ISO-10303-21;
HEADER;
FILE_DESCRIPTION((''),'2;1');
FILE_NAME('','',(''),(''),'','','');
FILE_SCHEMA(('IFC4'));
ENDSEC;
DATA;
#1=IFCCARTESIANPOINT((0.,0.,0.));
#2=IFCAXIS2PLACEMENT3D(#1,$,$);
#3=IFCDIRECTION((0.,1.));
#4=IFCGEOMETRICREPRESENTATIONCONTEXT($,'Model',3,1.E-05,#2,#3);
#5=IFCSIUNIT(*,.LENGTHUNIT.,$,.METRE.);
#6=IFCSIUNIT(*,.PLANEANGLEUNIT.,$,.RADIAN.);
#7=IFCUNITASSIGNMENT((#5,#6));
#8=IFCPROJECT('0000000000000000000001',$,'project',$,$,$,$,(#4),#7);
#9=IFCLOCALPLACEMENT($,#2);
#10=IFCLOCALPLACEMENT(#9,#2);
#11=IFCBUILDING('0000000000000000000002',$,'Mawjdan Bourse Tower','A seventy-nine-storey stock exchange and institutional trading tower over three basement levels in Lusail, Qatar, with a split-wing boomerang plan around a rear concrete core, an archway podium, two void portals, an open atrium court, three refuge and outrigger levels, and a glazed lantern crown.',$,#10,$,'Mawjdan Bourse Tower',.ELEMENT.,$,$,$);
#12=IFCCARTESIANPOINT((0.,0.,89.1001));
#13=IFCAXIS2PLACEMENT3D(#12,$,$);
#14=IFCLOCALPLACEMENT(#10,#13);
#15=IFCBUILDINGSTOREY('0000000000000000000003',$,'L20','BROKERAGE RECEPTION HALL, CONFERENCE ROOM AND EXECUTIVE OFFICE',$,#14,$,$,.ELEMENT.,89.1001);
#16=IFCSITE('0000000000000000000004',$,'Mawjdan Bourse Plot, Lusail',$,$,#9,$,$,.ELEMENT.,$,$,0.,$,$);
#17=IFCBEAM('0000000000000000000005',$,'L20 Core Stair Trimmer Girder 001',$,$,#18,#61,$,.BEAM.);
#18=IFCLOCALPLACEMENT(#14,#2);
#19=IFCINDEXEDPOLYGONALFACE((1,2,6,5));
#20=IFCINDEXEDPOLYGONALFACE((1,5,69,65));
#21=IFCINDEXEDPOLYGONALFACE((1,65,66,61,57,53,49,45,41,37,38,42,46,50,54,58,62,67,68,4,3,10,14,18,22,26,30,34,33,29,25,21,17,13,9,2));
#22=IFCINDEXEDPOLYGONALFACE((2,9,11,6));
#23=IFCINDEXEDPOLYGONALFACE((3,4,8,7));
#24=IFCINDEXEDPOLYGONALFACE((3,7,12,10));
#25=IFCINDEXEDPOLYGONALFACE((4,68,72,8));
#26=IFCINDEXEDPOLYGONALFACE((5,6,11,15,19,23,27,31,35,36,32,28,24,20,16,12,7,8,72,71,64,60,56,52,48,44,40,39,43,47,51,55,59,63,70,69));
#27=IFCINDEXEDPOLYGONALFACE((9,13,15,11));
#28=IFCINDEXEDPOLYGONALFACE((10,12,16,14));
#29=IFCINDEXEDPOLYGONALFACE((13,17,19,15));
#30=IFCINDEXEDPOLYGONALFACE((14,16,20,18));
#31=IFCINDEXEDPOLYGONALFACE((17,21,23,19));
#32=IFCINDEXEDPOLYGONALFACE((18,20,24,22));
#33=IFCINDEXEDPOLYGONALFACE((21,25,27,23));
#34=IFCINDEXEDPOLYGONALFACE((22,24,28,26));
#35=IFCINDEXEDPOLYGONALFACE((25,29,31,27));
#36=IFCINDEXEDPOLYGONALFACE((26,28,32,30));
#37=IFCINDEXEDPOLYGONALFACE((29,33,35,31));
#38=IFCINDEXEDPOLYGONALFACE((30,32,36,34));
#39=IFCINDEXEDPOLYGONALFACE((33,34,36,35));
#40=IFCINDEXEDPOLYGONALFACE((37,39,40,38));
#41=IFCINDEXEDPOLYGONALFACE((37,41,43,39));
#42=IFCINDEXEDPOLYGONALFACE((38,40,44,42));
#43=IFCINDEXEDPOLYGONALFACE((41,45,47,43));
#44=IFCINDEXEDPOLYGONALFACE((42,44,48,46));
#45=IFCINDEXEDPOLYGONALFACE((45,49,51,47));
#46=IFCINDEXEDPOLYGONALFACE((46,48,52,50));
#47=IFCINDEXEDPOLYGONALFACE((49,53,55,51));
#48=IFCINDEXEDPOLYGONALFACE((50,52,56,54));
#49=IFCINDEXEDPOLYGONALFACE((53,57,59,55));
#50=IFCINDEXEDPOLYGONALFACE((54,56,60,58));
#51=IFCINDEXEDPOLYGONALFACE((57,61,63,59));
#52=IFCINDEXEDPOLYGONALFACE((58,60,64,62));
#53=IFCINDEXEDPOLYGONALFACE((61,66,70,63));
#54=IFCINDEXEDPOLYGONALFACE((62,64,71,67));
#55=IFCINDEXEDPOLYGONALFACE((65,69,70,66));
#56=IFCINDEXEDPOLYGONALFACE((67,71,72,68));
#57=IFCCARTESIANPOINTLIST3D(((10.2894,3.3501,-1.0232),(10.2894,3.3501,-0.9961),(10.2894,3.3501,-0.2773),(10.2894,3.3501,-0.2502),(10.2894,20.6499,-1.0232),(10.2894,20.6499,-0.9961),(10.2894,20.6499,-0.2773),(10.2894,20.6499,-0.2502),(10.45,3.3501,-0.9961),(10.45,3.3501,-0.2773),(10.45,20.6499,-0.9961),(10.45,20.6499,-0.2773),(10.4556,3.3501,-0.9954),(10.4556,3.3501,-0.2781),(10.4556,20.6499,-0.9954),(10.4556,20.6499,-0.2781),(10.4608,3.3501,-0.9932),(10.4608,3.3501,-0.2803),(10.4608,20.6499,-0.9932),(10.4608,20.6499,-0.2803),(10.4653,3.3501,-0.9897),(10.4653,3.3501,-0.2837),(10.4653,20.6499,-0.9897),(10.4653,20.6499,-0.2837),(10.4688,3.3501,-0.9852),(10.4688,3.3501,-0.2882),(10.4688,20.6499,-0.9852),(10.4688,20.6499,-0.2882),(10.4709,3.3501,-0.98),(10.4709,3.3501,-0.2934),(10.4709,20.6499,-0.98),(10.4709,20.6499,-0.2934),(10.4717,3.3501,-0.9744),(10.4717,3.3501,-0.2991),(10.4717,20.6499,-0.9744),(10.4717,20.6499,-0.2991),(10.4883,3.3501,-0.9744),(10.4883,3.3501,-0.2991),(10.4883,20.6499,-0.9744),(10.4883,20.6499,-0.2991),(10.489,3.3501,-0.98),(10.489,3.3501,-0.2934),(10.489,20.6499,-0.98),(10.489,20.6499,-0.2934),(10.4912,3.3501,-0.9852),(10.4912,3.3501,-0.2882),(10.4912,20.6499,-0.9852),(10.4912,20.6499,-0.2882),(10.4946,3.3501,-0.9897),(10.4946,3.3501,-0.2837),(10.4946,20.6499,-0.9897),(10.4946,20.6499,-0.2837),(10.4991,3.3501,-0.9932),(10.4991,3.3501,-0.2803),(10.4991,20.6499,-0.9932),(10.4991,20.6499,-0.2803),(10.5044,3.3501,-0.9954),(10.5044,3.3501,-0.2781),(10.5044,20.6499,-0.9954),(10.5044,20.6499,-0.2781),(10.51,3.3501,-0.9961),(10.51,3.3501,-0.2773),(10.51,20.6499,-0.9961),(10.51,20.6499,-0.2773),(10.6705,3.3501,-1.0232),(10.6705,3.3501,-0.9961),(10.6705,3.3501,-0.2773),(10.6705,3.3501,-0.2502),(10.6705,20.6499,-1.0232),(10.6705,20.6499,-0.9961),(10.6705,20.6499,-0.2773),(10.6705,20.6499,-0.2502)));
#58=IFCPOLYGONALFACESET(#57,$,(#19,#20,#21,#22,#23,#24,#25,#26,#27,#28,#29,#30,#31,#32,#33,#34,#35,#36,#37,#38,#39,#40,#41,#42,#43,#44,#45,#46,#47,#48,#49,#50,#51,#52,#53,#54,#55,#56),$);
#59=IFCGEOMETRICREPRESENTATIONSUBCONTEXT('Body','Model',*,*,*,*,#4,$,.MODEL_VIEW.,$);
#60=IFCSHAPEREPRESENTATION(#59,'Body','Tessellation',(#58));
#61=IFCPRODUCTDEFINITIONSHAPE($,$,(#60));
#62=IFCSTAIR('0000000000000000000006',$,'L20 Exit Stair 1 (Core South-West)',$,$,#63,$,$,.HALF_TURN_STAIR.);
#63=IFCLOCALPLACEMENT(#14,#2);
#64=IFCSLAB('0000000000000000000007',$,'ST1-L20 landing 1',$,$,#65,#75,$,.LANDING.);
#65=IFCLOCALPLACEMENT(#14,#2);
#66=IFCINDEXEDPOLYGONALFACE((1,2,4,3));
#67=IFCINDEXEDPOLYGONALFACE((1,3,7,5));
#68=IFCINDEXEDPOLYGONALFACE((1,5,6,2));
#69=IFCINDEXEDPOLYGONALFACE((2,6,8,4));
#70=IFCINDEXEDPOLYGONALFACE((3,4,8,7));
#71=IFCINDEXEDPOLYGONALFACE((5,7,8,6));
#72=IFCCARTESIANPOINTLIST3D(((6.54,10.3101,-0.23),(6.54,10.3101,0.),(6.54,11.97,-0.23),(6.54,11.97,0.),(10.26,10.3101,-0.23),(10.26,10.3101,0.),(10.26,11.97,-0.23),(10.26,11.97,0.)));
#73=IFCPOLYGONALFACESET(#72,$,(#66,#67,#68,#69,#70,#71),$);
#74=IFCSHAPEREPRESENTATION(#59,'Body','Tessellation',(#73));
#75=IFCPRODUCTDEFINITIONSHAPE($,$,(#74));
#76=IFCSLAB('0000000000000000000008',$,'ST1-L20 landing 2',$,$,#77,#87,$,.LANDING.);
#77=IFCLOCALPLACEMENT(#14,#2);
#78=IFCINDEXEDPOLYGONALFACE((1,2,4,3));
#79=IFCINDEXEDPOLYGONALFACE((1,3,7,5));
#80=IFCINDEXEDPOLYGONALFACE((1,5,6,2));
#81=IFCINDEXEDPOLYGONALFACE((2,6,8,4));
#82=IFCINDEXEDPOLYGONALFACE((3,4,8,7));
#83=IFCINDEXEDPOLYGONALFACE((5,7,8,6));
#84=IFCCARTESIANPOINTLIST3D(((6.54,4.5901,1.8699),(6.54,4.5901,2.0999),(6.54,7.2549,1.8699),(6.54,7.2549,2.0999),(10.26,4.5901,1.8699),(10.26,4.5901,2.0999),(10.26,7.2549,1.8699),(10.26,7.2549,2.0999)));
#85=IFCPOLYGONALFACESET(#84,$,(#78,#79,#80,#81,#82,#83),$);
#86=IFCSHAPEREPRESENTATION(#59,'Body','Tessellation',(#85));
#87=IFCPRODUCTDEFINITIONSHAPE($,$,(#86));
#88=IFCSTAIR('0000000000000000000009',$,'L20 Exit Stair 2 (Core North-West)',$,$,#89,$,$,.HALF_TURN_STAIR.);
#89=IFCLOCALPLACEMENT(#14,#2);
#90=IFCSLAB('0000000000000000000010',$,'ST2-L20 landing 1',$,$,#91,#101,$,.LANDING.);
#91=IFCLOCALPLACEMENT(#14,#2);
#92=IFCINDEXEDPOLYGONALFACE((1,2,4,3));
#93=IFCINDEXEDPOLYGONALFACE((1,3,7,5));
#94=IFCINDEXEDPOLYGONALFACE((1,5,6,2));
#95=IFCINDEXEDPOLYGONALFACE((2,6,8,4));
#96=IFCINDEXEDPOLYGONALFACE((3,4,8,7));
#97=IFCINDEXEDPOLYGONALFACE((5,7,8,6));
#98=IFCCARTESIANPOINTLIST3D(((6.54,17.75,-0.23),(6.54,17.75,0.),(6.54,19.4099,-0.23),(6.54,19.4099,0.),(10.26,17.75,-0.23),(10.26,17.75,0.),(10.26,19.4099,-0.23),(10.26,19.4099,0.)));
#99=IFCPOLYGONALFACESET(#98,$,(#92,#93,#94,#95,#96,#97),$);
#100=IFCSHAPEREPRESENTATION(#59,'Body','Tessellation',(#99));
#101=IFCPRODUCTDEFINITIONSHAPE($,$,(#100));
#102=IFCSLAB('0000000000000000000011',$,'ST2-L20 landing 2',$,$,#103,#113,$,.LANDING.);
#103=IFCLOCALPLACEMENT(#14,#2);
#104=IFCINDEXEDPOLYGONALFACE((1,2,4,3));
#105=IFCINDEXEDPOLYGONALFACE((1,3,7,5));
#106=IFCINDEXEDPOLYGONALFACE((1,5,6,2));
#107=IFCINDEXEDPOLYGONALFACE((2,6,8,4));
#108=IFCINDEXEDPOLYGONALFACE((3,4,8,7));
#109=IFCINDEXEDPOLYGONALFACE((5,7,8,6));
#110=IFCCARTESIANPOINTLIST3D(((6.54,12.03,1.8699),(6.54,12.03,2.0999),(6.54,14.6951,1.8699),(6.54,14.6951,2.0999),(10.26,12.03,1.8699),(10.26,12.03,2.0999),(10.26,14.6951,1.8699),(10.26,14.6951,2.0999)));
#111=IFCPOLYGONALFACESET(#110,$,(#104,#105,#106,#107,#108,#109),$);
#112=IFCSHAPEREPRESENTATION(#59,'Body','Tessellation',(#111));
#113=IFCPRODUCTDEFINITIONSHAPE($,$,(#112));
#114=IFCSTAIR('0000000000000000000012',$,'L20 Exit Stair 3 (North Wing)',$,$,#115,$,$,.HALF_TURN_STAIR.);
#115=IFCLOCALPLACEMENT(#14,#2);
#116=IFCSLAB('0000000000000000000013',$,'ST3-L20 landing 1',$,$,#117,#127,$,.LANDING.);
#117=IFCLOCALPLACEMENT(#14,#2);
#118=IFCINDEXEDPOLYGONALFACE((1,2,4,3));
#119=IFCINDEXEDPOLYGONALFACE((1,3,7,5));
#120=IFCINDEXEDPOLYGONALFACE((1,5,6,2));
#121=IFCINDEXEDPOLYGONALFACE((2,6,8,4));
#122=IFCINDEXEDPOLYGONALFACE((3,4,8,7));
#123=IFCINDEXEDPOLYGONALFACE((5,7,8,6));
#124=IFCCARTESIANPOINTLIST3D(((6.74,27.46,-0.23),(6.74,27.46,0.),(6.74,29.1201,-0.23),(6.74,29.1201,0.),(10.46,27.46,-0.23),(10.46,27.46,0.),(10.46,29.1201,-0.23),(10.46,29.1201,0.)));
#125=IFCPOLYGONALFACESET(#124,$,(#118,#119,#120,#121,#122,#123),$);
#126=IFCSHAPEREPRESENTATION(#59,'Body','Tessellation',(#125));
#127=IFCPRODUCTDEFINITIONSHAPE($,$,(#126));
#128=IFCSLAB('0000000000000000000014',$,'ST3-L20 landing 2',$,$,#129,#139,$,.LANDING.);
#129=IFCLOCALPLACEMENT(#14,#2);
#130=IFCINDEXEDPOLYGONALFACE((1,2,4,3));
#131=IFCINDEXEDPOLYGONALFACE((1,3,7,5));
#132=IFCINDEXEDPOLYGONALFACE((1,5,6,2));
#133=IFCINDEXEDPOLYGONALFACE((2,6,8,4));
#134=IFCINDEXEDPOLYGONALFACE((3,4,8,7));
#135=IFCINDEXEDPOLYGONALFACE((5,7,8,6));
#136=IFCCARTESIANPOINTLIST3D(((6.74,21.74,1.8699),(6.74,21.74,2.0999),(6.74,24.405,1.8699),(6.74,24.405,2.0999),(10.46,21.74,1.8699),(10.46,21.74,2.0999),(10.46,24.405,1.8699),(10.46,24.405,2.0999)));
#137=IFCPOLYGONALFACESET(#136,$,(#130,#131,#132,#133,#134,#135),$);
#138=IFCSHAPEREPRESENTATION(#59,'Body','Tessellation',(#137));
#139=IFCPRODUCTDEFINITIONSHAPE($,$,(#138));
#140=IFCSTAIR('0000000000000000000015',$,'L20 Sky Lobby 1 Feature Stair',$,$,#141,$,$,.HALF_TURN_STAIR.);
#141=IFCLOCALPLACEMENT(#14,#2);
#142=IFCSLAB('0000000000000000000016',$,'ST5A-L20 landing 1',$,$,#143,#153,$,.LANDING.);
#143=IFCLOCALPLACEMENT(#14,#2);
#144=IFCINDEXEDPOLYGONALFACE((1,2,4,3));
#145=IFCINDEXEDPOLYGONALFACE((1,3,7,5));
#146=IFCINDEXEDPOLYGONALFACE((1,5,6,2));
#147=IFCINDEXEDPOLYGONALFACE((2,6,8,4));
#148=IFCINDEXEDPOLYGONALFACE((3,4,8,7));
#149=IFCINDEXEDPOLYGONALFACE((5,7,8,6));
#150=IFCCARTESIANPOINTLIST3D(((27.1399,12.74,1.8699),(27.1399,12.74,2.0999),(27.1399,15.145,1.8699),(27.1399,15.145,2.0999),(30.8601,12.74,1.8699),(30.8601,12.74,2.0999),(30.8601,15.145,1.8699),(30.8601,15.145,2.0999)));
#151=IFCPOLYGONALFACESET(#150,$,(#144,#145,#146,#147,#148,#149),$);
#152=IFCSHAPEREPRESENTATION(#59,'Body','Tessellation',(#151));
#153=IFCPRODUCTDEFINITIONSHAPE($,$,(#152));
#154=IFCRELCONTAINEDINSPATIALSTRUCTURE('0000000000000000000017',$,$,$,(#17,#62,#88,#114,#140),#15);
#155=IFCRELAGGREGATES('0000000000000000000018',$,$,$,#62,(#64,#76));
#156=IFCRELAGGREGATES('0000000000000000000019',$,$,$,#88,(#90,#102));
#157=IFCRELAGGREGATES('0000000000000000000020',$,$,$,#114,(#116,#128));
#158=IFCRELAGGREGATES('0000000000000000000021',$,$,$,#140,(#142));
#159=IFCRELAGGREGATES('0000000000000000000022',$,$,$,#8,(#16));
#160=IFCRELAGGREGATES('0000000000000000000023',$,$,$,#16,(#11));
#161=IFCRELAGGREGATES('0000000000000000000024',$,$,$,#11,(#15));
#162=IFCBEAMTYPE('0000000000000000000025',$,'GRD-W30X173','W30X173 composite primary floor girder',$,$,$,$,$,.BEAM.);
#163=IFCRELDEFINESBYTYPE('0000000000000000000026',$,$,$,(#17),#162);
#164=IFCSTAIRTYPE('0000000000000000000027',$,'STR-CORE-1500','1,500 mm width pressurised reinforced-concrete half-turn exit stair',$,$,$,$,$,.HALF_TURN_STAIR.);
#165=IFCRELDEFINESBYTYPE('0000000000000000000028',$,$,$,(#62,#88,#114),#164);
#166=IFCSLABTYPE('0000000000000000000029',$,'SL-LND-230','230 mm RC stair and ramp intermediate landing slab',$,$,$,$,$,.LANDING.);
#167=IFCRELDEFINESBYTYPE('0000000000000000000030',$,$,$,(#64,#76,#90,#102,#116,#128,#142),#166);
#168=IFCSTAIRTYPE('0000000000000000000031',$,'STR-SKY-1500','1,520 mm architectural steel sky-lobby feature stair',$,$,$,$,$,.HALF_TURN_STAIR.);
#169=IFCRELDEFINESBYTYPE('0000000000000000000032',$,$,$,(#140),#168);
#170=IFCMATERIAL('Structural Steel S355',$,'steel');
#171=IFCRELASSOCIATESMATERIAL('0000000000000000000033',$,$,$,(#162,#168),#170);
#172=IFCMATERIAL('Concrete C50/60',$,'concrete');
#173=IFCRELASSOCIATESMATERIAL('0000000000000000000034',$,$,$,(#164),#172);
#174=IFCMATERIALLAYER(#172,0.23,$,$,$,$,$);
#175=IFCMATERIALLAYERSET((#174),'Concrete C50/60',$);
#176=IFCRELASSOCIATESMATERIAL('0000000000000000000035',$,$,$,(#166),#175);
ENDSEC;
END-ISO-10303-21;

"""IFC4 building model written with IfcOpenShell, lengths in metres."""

from ifc_helpers import new_model, si_unit, direction, frame, origin, origin_2d, place, context, subcontext, project, spatial, polyline, i_section, outline, extrude, material, layer, layer_set, material_profile, profile_set, type_object, element, aggregate, save


model = new_model("IFC4")

# Units and contexts
model_context = context("Model", 3, precision=1e-05, world=origin(), true_north=direction((0.0, 1.0)))
body_context = subcontext(model_context, "Body", "Model", "MODEL_VIEW")
ifc_project = project(units=[si_unit("LENGTHUNIT", "METRE"), si_unit("PLANEANGLEUNIT", "RADIAN")], contexts=[model_context])

# Site, building, storey
site_placement = place(None, origin())
site = spatial("IfcSite", under=ifc_project, at=site_placement, Name="Mawjdan Bourse Plot, Lusail", CompositionType="ELEMENT", RefElevation=0.0)
building_placement = place(site_placement, origin())
building = spatial("IfcBuilding", under=site, at=building_placement, Name="Mawjdan Bourse Tower", Description="A seventy-nine-storey stock exchange and institutional trading tower over three basement levels in Lusail, Qatar, with a split-wing boomerang plan around a rear concrete core, an archway podium, two void portals, an open atrium court, three refuge and outrigger levels, and a glazed lantern crown.", LongName="Mawjdan Bourse Tower", CompositionType="ELEMENT")
storey_placement = place(building_placement, frame((0.0, 0.0, 89.1001)))
storey = spatial("IfcBuildingStorey", under=building, at=storey_placement, Name="L20", Description="BROKERAGE RECEPTION HALL, CONFERENCE ROOM AND EXECUTIVE OFFICE", CompositionType="ELEMENT", Elevation=89.1001)

# Beam
ifc_material_1 = material(Name="Structural Steel S355", Category="steel")
ifc_material_profile = material_profile(ifc_material_1, i_section(OverallWidth=0.3811, OverallDepth=0.7729, WebThickness=0.0166, FlangeThickness=0.0271, FilletRadius=0.0217, at=origin_2d()), Name="W30X173")
ifc_profile_set = profile_set([ifc_material_profile], Name="Structural Steel S355")
beam_type = type_object("IfcBeamType", Name="GRD-W30X173", Description="W30X173 composite primary floor girder", PredefinedType="BEAM", material=ifc_profile_set)
beam_placement = place(storey_placement, frame((10.48, 3.3501, -0.6367), z_axis=(0.0, 1.0, 0.0), x_axis=(-1.0, 0.0, 0.0)))
element("IfcBeam", 1, at=beam_placement, inside=storey, type_object=beam_type, Name="L20 Core Stair Trimmer Girder 001", PredefinedType="BEAM", context=body_context, shape_type="SweptSolid", body=[
    extrude(i_section(OverallWidth=0.3811, OverallDepth=0.7729, WebThickness=0.0166, FlangeThickness=0.0271, FilletRadius=0.0217, at=origin_2d()), origin(), (0.0, 0.0, 1.0), 17.2998),
])

# Stairs, slabs
ifc_material_2 = material(Name="Concrete C50/60", Category="concrete")
stair_type_1 = type_object("IfcStairType", Name="STR-CORE-1500", Description="1,500 mm width pressurised reinforced-concrete half-turn exit stair", PredefinedType="HALF_TURN_STAIR", material=ifc_material_2)
stair_1_placement = place(storey_placement, origin())
stair_1 = element("IfcStair", 2, at=stair_1_placement, inside=storey, type_object=stair_type_1, Name="L20 Exit Stair 1 (Core South-West)", PredefinedType="HALF_TURN_STAIR")
ifc_layer_1 = layer(ifc_material_2, 0.23)
ifc_layer_set_1 = layer_set([ifc_layer_1], Name="Concrete C50/60")
slab_type_1 = type_object("IfcSlabType", Name="SL-LND-230", Description="230 mm RC stair and ramp intermediate landing slab", PredefinedType="LANDING", material=ifc_layer_set_1)
slab_1_placement = place(storey_placement, frame((0.0, 0.0, -0.23)))
slab_1 = element("IfcSlab", 3, at=slab_1_placement, type_object=slab_type_1, Name="ST1-L20 landing 1", PredefinedType="LANDING", context=body_context, shape_type="SweptSolid", body=[
    extrude(outline(polyline([(6.54, 10.3101), (10.26, 10.3101), (10.26, 11.97), (6.54, 11.97), (6.54, 10.3101)])), origin(), (0.0, 0.0, 1.0), 0.23),
])
slab_2_placement = place(storey_placement, frame((0.0, 0.0, 1.8699)))
slab_2 = element("IfcSlab", 4, at=slab_2_placement, type_object=slab_type_1, Name="ST1-L20 landing 2", PredefinedType="LANDING", context=body_context, shape_type="SweptSolid", body=[
    extrude(outline(polyline([(6.54, 4.5901), (10.26, 4.5901), (10.26, 7.2549), (6.54, 7.2549), (6.54, 4.5901)])), origin(), (0.0, 0.0, 1.0), 0.23),
])
aggregate(stair_1, [slab_1, slab_2])
stair_2_placement = place(storey_placement, origin())
stair_2 = element("IfcStair", 5, at=stair_2_placement, inside=storey, type_object=stair_type_1, Name="L20 Exit Stair 2 (Core North-West)", PredefinedType="HALF_TURN_STAIR")
slab_3_placement = place(storey_placement, frame((0.0, 0.0, -0.23)))
slab_3 = element("IfcSlab", 6, at=slab_3_placement, type_object=slab_type_1, Name="ST2-L20 landing 1", PredefinedType="LANDING", context=body_context, shape_type="SweptSolid", body=[
    extrude(outline(polyline([(6.54, 17.75), (10.26, 17.75), (10.26, 19.4099), (6.54, 19.4099), (6.54, 17.75)])), origin(), (0.0, 0.0, 1.0), 0.23),
])
slab_4_placement = place(storey_placement, frame((0.0, 0.0, 1.8699)))
slab_4 = element("IfcSlab", 7, at=slab_4_placement, type_object=slab_type_1, Name="ST2-L20 landing 2", PredefinedType="LANDING", context=body_context, shape_type="SweptSolid", body=[
    extrude(outline(polyline([(6.54, 12.03), (10.26, 12.03), (10.26, 14.6951), (6.54, 14.6951), (6.54, 12.03)])), origin(), (0.0, 0.0, 1.0), 0.23),
])
aggregate(stair_2, [slab_3, slab_4])
stair_3_placement = place(storey_placement, origin())
stair_3 = element("IfcStair", 8, at=stair_3_placement, inside=storey, type_object=stair_type_1, Name="L20 Exit Stair 3 (North Wing)", PredefinedType="HALF_TURN_STAIR")
slab_5_placement = place(storey_placement, frame((0.0, 0.0, -0.23)))
slab_5 = element("IfcSlab", 9, at=slab_5_placement, type_object=slab_type_1, Name="ST3-L20 landing 1", PredefinedType="LANDING", context=body_context, shape_type="SweptSolid", body=[
    extrude(outline(polyline([(6.74, 27.46), (10.46, 27.46), (10.46, 29.1201), (6.74, 29.1201), (6.74, 27.46)])), origin(), (0.0, 0.0, 1.0), 0.23),
])
slab_6_placement = place(storey_placement, frame((0.0, 0.0, 1.8699)))
slab_6 = element("IfcSlab", 10, at=slab_6_placement, type_object=slab_type_1, Name="ST3-L20 landing 2", PredefinedType="LANDING", context=body_context, shape_type="SweptSolid", body=[
    extrude(outline(polyline([(6.74, 21.74), (10.46, 21.74), (10.46, 24.405), (6.74, 24.405), (6.74, 21.74)])), origin(), (0.0, 0.0, 1.0), 0.23),
])
aggregate(stair_3, [slab_5, slab_6])

# Stair, slab
stair_type_2 = type_object("IfcStairType", Name="STR-SKY-1500", Description="1,520 mm architectural steel sky-lobby feature stair", PredefinedType="HALF_TURN_STAIR", material=ifc_material_1)
stair_4_placement = place(storey_placement, origin())
stair_4 = element("IfcStair", 11, at=stair_4_placement, inside=storey, type_object=stair_type_2, Name="L20 Sky Lobby 1 Feature Stair", PredefinedType="HALF_TURN_STAIR")
slab_7_placement = place(storey_placement, frame((0.0, 0.0, 1.8699)))
slab_7 = element("IfcSlab", 12, at=slab_7_placement, type_object=slab_type_1, Name="ST5A-L20 landing 1", PredefinedType="LANDING", context=body_context, shape_type="SweptSolid", body=[
    extrude(outline(polyline([(27.1399, 12.74), (30.8601, 12.74), (30.8601, 15.145), (27.1399, 15.145), (27.1399, 12.74)])), origin(), (0.0, 0.0, 1.0), 0.23),
])
aggregate(stair_4, [slab_7])

save(model, "model.ifc")
